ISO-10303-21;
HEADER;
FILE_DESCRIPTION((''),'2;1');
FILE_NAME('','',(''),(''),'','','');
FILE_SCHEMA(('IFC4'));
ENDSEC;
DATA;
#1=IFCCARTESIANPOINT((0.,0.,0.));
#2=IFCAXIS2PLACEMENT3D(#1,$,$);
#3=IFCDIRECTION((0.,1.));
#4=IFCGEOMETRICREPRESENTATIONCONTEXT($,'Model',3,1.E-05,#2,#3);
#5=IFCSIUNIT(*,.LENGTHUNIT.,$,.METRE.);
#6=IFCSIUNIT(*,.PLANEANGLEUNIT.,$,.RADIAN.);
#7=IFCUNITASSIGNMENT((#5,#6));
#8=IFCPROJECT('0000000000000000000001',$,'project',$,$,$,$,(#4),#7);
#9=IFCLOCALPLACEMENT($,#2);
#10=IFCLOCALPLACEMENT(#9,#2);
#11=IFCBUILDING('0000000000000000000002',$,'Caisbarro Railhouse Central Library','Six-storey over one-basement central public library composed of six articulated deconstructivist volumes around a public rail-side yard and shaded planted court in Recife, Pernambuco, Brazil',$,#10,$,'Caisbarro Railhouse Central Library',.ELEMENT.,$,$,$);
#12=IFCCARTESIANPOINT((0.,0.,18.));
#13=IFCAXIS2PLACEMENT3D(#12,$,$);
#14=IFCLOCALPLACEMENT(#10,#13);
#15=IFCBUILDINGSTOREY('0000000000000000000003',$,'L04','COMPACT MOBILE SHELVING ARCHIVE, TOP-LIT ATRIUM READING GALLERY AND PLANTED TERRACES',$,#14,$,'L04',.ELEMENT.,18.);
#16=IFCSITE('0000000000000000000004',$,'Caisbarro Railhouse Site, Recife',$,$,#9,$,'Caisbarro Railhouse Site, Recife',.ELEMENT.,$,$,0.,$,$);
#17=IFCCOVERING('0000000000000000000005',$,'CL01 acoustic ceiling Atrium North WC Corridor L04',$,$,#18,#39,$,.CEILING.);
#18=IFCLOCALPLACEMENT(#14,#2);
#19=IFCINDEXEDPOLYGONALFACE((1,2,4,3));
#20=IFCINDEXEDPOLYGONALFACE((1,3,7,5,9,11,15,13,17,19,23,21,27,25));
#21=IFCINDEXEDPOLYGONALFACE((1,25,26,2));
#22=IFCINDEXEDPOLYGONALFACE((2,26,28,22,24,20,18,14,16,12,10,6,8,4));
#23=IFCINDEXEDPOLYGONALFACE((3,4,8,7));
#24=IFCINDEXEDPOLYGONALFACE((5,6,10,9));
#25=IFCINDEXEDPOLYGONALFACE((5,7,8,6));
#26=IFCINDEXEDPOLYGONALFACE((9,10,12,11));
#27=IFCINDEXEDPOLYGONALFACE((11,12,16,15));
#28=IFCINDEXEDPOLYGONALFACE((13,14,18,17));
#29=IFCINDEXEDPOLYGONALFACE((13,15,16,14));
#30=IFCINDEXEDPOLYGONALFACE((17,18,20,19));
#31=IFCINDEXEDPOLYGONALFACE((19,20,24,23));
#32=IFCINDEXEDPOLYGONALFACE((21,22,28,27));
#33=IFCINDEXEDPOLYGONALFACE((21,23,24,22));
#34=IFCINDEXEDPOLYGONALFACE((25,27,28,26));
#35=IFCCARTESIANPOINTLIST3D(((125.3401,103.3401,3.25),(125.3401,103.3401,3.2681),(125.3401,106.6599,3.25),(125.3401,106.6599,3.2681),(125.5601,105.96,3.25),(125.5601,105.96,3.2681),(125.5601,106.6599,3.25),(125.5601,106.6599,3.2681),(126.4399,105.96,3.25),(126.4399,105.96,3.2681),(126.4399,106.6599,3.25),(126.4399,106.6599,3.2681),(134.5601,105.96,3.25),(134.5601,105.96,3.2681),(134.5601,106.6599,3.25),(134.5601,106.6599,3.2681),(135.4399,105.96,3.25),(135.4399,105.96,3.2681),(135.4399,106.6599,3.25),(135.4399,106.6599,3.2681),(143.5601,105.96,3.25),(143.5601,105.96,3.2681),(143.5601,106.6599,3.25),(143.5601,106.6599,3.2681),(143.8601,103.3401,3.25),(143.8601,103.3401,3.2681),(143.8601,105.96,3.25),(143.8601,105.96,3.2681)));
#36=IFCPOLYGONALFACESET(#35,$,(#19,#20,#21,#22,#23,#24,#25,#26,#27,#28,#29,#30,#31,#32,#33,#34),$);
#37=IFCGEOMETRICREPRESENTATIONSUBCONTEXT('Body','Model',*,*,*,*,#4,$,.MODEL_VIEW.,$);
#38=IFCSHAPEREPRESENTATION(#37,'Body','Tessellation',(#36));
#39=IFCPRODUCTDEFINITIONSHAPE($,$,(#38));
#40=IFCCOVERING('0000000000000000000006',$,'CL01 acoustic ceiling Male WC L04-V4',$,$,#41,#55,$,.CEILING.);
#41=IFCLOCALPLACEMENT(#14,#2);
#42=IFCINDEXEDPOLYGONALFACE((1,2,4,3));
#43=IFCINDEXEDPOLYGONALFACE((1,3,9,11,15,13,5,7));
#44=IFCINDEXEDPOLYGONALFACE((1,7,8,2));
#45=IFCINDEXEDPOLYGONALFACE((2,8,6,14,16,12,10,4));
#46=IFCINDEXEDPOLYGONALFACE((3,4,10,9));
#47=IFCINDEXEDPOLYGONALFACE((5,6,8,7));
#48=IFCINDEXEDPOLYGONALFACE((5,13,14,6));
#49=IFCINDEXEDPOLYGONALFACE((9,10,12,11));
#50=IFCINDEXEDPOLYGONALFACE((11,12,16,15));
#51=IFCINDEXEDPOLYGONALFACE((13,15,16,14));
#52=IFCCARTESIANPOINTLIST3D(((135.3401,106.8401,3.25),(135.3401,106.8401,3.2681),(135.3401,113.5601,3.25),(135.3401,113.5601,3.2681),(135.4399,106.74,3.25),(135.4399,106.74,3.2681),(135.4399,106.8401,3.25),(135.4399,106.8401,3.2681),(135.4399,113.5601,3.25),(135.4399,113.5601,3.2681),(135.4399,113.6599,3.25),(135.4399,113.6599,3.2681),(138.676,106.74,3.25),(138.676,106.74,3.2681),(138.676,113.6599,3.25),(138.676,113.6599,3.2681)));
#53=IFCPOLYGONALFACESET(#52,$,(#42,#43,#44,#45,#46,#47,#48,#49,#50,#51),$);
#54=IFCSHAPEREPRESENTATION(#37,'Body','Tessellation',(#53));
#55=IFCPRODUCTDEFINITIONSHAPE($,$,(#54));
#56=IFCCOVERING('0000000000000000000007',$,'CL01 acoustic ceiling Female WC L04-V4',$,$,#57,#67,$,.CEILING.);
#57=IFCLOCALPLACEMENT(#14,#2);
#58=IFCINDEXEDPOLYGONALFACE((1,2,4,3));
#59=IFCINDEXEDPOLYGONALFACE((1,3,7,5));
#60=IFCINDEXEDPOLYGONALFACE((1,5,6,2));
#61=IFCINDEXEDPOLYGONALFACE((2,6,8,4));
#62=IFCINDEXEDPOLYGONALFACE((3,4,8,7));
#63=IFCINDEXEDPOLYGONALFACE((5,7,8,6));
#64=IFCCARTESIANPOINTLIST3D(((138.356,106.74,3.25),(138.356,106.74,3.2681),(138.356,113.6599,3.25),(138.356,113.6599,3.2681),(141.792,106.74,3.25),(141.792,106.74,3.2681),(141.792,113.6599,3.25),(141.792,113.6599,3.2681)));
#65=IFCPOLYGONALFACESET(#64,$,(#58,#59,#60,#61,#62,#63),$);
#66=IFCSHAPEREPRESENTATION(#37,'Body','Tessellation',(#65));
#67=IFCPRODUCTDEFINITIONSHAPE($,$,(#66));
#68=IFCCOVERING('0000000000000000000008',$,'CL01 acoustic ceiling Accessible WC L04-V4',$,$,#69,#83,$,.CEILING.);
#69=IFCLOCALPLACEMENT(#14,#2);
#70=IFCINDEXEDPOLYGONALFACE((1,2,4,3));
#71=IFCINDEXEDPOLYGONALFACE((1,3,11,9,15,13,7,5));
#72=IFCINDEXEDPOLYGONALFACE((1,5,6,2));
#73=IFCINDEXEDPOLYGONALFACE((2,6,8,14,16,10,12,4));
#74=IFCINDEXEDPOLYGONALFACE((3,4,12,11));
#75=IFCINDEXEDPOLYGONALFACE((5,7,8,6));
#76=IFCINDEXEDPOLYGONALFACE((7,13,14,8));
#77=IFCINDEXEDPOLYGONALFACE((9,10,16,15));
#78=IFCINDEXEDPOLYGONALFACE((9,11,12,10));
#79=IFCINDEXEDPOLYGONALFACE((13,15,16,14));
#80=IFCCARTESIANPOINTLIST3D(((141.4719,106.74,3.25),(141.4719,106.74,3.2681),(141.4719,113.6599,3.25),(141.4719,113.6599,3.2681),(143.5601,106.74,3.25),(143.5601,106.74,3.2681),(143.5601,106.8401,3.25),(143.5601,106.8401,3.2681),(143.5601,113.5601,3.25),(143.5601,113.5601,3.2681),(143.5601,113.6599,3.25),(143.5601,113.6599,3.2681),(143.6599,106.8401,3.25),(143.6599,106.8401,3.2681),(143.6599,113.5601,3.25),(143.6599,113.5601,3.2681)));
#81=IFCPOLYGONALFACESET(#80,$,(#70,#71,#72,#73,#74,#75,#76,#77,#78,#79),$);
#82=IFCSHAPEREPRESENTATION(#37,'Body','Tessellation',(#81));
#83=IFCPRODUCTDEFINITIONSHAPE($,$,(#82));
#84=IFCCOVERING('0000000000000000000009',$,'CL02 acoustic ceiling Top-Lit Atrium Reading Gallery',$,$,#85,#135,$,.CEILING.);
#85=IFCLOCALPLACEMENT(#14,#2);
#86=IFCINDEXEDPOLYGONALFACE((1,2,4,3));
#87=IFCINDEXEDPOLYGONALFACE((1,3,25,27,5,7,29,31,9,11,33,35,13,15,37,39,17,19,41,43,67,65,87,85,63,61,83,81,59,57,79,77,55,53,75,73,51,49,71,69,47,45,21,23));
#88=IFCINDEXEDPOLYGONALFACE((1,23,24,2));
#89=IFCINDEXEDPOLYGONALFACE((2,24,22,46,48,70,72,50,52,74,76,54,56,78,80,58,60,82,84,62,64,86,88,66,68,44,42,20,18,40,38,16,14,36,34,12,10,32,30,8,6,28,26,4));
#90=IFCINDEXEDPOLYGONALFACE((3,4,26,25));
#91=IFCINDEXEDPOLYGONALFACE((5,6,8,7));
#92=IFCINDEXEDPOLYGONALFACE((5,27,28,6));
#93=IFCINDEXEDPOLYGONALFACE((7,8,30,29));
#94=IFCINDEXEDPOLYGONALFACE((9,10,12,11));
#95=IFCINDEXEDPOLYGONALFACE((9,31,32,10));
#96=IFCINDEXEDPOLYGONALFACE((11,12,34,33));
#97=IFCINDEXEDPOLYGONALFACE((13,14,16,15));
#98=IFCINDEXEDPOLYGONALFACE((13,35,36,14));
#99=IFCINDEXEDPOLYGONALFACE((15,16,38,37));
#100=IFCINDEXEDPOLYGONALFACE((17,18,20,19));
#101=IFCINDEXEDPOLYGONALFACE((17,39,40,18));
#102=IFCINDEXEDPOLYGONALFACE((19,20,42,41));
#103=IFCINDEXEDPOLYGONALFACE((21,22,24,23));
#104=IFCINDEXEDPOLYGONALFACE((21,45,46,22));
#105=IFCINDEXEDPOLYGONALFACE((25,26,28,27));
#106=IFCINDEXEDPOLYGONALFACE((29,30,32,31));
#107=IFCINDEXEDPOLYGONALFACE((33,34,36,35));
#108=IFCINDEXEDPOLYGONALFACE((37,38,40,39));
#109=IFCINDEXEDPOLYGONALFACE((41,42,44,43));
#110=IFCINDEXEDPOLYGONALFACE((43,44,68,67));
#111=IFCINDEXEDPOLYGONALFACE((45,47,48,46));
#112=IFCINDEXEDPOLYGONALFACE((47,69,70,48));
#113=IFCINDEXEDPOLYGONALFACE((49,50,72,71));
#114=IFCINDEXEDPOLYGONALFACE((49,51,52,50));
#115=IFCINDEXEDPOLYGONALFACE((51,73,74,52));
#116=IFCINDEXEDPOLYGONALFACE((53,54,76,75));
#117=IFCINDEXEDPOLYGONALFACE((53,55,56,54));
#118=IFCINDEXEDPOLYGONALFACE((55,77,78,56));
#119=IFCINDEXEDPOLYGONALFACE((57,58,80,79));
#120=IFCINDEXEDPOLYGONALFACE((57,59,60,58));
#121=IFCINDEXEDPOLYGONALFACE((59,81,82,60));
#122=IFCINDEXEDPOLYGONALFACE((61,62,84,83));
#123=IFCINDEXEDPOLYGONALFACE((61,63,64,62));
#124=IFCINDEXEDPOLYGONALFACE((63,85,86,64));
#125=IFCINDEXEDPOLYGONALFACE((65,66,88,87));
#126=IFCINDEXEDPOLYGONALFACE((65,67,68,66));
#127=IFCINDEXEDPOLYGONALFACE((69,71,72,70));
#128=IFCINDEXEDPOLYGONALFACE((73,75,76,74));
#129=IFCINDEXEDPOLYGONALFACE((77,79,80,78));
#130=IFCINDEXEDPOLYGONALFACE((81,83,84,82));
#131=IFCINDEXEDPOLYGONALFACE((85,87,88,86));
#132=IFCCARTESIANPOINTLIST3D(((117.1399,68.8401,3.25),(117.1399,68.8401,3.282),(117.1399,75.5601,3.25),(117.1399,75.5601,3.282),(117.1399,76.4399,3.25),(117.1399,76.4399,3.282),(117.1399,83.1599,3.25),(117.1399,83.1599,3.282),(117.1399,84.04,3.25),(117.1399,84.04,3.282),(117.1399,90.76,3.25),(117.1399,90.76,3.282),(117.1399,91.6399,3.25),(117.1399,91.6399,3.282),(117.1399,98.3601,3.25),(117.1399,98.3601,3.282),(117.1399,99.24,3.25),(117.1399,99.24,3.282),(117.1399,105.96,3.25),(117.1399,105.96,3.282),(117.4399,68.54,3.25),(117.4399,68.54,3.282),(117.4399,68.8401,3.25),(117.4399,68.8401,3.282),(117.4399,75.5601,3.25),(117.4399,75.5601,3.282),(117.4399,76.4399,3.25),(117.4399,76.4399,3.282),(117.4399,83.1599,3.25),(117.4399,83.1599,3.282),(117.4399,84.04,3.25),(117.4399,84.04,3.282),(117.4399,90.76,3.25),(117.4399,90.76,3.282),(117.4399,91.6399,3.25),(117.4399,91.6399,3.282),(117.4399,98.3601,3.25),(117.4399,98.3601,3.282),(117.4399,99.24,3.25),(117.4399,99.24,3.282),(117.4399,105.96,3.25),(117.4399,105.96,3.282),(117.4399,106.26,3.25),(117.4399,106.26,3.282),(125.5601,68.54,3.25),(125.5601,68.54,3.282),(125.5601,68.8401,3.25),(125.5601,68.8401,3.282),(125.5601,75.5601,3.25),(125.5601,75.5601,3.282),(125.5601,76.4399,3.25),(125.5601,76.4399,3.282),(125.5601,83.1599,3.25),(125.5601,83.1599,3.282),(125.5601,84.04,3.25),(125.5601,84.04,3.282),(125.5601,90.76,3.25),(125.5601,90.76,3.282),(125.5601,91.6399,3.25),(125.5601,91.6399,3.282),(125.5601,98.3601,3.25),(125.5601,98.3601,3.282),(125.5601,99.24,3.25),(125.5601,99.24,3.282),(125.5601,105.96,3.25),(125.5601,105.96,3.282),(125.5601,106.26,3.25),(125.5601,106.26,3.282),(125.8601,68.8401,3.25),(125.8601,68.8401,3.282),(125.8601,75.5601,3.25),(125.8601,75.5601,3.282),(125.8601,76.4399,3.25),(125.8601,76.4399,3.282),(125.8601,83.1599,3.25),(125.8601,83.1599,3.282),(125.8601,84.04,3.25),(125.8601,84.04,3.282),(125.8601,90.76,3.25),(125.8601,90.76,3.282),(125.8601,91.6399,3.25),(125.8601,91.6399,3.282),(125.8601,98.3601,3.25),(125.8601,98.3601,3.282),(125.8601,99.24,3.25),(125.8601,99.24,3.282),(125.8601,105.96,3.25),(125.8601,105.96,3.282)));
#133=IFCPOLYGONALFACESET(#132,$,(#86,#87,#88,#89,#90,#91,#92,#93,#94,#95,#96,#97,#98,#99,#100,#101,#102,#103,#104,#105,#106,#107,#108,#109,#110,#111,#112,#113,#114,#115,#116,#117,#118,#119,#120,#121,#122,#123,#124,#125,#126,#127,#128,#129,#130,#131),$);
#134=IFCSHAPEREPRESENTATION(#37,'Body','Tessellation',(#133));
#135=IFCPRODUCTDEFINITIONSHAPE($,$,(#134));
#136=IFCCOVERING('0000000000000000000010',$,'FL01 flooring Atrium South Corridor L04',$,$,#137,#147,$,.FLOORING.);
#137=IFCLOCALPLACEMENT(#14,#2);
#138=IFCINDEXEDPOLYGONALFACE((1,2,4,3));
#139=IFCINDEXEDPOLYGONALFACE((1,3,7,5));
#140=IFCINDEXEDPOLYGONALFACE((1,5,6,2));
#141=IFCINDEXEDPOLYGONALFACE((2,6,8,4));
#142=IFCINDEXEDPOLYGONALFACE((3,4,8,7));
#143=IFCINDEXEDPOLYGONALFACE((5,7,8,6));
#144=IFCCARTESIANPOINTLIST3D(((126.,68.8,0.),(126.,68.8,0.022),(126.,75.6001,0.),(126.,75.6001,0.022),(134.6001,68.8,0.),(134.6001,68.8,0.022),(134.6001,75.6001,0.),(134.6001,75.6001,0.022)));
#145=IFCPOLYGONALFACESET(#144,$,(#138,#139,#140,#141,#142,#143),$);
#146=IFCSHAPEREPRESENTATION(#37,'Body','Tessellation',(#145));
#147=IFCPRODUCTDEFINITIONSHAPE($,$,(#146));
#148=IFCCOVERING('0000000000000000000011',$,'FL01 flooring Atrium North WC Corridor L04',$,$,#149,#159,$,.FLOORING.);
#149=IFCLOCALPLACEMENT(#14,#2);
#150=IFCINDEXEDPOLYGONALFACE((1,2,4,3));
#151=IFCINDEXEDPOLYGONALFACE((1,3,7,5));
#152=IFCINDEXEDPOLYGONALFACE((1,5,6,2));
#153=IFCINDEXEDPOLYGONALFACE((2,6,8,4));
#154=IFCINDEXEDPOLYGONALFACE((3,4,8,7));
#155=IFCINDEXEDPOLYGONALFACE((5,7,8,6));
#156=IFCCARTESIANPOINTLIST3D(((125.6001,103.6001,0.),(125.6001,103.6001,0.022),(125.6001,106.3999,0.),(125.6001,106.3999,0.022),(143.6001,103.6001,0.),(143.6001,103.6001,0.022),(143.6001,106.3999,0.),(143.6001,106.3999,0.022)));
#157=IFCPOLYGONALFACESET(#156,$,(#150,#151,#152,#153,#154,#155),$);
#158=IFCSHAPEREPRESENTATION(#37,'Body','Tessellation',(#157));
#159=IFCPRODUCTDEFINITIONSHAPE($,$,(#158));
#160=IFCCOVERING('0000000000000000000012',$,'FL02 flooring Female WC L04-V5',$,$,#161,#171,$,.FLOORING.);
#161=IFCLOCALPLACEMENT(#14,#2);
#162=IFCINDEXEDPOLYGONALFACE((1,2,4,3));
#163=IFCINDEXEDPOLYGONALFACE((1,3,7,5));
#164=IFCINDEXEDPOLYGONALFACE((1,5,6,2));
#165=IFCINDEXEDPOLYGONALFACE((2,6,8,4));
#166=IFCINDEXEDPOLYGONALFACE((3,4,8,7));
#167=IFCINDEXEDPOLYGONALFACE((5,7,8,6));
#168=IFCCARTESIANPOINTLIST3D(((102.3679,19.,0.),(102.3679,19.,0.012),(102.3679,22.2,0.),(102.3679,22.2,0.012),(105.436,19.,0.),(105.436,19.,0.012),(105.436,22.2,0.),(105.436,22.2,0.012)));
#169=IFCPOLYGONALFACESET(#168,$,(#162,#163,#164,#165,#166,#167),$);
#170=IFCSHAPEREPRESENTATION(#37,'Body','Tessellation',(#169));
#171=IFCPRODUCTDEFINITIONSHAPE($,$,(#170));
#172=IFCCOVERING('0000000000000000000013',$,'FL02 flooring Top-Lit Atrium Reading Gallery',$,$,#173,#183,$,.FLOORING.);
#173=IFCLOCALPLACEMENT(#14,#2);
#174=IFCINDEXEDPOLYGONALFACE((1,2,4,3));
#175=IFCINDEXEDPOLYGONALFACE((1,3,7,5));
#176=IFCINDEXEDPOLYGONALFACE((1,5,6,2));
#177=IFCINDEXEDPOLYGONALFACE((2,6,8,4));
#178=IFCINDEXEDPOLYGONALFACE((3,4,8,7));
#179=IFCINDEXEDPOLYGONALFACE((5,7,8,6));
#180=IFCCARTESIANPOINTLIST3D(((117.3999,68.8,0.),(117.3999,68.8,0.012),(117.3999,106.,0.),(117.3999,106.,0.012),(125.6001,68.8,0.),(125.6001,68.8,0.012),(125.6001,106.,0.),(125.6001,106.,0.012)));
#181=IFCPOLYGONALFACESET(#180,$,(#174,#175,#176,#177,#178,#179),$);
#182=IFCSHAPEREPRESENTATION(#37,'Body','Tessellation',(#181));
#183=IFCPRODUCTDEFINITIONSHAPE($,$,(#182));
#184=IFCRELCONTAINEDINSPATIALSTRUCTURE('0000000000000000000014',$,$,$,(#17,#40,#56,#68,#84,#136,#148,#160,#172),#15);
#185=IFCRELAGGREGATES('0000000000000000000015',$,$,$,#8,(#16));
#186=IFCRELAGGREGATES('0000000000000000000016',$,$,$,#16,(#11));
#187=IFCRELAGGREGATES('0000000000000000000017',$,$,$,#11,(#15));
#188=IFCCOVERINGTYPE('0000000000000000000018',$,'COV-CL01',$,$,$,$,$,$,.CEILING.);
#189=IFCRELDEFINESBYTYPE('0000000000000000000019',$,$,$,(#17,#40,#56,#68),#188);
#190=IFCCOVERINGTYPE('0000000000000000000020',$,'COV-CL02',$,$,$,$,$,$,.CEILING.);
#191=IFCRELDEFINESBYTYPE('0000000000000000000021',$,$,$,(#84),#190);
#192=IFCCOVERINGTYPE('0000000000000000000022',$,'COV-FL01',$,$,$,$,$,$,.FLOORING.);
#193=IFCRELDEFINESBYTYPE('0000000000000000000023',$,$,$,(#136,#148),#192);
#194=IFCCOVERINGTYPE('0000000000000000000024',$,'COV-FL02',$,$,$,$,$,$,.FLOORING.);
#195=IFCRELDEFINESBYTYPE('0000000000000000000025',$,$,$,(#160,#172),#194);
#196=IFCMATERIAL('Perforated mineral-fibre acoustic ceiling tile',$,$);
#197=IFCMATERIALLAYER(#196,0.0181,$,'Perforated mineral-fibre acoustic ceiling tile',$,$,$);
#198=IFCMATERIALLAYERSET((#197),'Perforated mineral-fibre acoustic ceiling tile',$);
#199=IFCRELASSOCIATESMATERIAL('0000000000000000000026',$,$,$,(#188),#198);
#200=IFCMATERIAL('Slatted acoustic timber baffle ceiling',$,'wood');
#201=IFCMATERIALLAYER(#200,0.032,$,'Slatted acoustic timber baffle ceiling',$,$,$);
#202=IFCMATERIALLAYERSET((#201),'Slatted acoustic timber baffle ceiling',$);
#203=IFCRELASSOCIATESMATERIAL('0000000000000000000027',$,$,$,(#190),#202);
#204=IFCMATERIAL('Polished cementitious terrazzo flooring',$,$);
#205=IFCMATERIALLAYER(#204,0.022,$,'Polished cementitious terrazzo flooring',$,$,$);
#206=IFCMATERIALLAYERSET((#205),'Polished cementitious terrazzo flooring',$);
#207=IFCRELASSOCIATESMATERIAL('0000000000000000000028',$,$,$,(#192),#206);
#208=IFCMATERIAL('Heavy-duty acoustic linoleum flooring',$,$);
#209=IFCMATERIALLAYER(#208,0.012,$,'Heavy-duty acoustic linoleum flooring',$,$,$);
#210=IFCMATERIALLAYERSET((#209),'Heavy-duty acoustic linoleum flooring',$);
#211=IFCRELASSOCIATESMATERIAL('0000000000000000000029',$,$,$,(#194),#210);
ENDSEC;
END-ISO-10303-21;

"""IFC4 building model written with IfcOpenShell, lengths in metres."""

from ifc_helpers import new_model, si_unit, direction, frame, origin, place, context, subcontext, project, spatial, polyline, outline, extrude, material, layer, layer_set, type_object, element, save


model = new_model("IFC4")

# Units and contexts
model_context = context("Model", 3, precision=1e-05, world=origin(), true_north=direction((0.0, 1.0)))
body_context = subcontext(model_context, "Body", "Model", "MODEL_VIEW")
ifc_project = project(units=[si_unit("LENGTHUNIT", "METRE"), si_unit("PLANEANGLEUNIT", "RADIAN")], contexts=[model_context])

# Site, building, storey
site_placement = place(None, origin())
site = spatial("IfcSite", under=ifc_project, at=site_placement, Name="Caisbarro Railhouse Site, Recife", LongName="Caisbarro Railhouse Site, Recife", CompositionType="ELEMENT", RefElevation=0.0)
building_placement = place(site_placement, origin())
building = spatial("IfcBuilding", under=site, at=building_placement, Name="Caisbarro Railhouse Central Library", Description="Six-storey over one-basement central public library composed of six articulated deconstructivist volumes around a public rail-side yard and shaded planted court in Recife, Pernambuco, Brazil", LongName="Caisbarro Railhouse Central Library", CompositionType="ELEMENT")
storey_placement = place(building_placement, frame((0.0, 0.0, 18.0)))
storey = spatial("IfcBuildingStorey", under=building, at=storey_placement, Name="L04", Description="COMPACT MOBILE SHELVING ARCHIVE, TOP-LIT ATRIUM READING GALLERY AND PLANTED TERRACES", LongName="L04", CompositionType="ELEMENT", Elevation=18.0)

# Coverings
ifc_material_1 = material(Name="Perforated mineral-fibre acoustic ceiling tile")
ifc_layer_1 = layer(ifc_material_1, 0.0181, Name="Perforated mineral-fibre acoustic ceiling tile")
ifc_layer_set_1 = layer_set([ifc_layer_1], Name="Perforated mineral-fibre acoustic ceiling tile")
covering_type_1 = type_object("IfcCoveringType", Name="COV-CL01", PredefinedType="CEILING", material=ifc_layer_set_1)
covering_1_placement = place(storey_placement, frame((0.0, 0.0, 3.25)))
element("IfcCovering", 1, at=covering_1_placement, inside=storey, type_object=covering_type_1, Name="CL01 acoustic ceiling Atrium North WC Corridor L04", PredefinedType="CEILING", context=body_context, shape_type="SweptSolid", body=[
    extrude(outline(polyline([(125.5601, 105.96), (126.4399, 105.96), (126.4399, 106.6599), (134.5601, 106.6599), (134.5601, 105.96), (135.4399, 105.96), (135.4399, 106.6599), (143.5601, 106.6599), (143.5601, 105.96), (143.8601, 105.96), (143.8601, 103.3401), (125.3401, 103.3401), (125.3401, 106.6599), (125.5601, 106.6599), (125.5601, 105.96)])), origin(), (0.0, 0.0, 1.0), 0.0181),
])
covering_2_placement = place(storey_placement, frame((0.0, 0.0, 3.25)))
element("IfcCovering", 2, at=covering_2_placement, inside=storey, type_object=covering_type_1, Name="CL01 acoustic ceiling Male WC L04-V4", PredefinedType="CEILING", context=body_context, shape_type="SweptSolid", body=[
    extrude(outline(polyline([(138.676, 113.6599), (138.676, 106.74), (135.4399, 106.74), (135.4399, 106.8401), (135.3401, 106.8401), (135.3401, 113.5601), (135.4399, 113.5601), (135.4399, 113.6599), (138.676, 113.6599)])), origin(), (0.0, 0.0, 1.0), 0.0181),
])
covering_3_placement = place(storey_placement, frame((0.0, 0.0, 3.25)))
element("IfcCovering", 3, at=covering_3_placement, inside=storey, type_object=covering_type_1, Name="CL01 acoustic ceiling Female WC L04-V4", PredefinedType="CEILING", context=body_context, shape_type="SweptSolid", body=[
    extrude(outline(polyline([(138.356, 106.74), (138.356, 113.6599), (141.792, 113.6599), (141.792, 106.74), (138.356, 106.74)])), origin(), (0.0, 0.0, 1.0), 0.0181),
])
covering_4_placement = place(storey_placement, frame((0.0, 0.0, 3.25)))
element("IfcCovering", 4, at=covering_4_placement, inside=storey, type_object=covering_type_1, Name="CL01 acoustic ceiling Accessible WC L04-V4", PredefinedType="CEILING", context=body_context, shape_type="SweptSolid", body=[
    extrude(outline(polyline([(143.5601, 113.6599), (143.5601, 113.5601), (143.6599, 113.5601), (143.6599, 106.8401), (143.5601, 106.8401), (143.5601, 106.74), (141.4719, 106.74), (141.4719, 113.6599), (143.5601, 113.6599)])), origin(), (0.0, 0.0, 1.0), 0.0181),
])
ifc_material_2 = material(Name="Slatted acoustic timber baffle ceiling", Category="wood")
ifc_layer_2 = layer(ifc_material_2, 0.032, Name="Slatted acoustic timber baffle ceiling")
ifc_layer_set_2 = layer_set([ifc_layer_2], Name="Slatted acoustic timber baffle ceiling")
covering_type_2 = type_object("IfcCoveringType", Name="COV-CL02", PredefinedType="CEILING", material=ifc_layer_set_2)
covering_5_placement = place(storey_placement, frame((0.0, 0.0, 3.25)))
element("IfcCovering", 5, at=covering_5_placement, inside=storey, type_object=covering_type_2, Name="CL02 acoustic ceiling Top-Lit Atrium Reading Gallery", PredefinedType="CEILING", context=body_context, shape_type="SweptSolid", body=[
    extrude(outline(polyline([(117.4399, 83.1599), (117.4399, 84.04), (117.1399, 84.04), (117.1399, 90.76), (117.4399, 90.76), (117.4399, 91.6399), (117.1399, 91.6399), (117.1399, 98.3601), (117.4399, 98.3601), (117.4399, 99.24), (117.1399, 99.24), (117.1399, 105.96), (117.4399, 105.96), (117.4399, 106.26), (125.5601, 106.26), (125.5601, 105.96), (125.8601, 105.96), (125.8601, 99.24), (125.5601, 99.24), (125.5601, 98.3601), (125.8601, 98.3601), (125.8601, 91.6399), (125.5601, 91.6399), (125.5601, 90.76), (125.8601, 90.76), (125.8601, 84.04), (125.5601, 84.04), (125.5601, 83.1599), (125.8601, 83.1599), (125.8601, 76.4399), (125.5601, 76.4399), (125.5601, 75.5601), (125.8601, 75.5601), (125.8601, 68.8401), (125.5601, 68.8401), (125.5601, 68.54), (117.4399, 68.54), (117.4399, 68.8401), (117.1399, 68.8401), (117.1399, 75.5601), (117.4399, 75.5601), (117.4399, 76.4399), (117.1399, 76.4399), (117.1399, 83.1599), (117.4399, 83.1599)])), origin(), (0.0, 0.0, 1.0), 0.032),
])
ifc_material_3 = material(Name="Polished cementitious terrazzo flooring")
ifc_layer_3 = layer(ifc_material_3, 0.022, Name="Polished cementitious terrazzo flooring")
ifc_layer_set_3 = layer_set([ifc_layer_3], Name="Polished cementitious terrazzo flooring")
covering_type_3 = type_object("IfcCoveringType", Name="COV-FL01", PredefinedType="FLOORING", material=ifc_layer_set_3)
covering_6_placement = place(storey_placement, origin())
element("IfcCovering", 6, at=covering_6_placement, inside=storey, type_object=covering_type_3, Name="FL01 flooring Atrium South Corridor L04", PredefinedType="FLOORING", context=body_context, shape_type="SweptSolid", body=[
    extrude(outline(polyline([(126.0, 68.8), (134.6001, 68.8), (134.6001, 75.6001), (126.0, 75.6001), (126.0, 68.8)])), origin(), (0.0, 0.0, 1.0), 0.022),
])
covering_7_placement = place(storey_placement, origin())
element("IfcCovering", 7, at=covering_7_placement, inside=storey, type_object=covering_type_3, Name="FL01 flooring Atrium North WC Corridor L04", PredefinedType="FLOORING", context=body_context, shape_type="SweptSolid", body=[
    extrude(outline(polyline([(125.6001, 103.6001), (143.6001, 103.6001), (143.6001, 106.3999), (125.6001, 106.3999), (125.6001, 103.6001)])), origin(), (0.0, 0.0, 1.0), 0.022),
])
ifc_material_4 = material(Name="Heavy-duty acoustic linoleum flooring")
ifc_layer_4 = layer(ifc_material_4, 0.012, Name="Heavy-duty acoustic linoleum flooring")
ifc_layer_set_4 = layer_set([ifc_layer_4], Name="Heavy-duty acoustic linoleum flooring")
covering_type_4 = type_object("IfcCoveringType", Name="COV-FL02", PredefinedType="FLOORING", material=ifc_layer_set_4)
covering_8_placement = place(storey_placement, origin())
element("IfcCovering", 8, at=covering_8_placement, inside=storey, type_object=covering_type_4, Name="FL02 flooring Female WC L04-V5", PredefinedType="FLOORING", context=body_context, shape_type="SweptSolid", body=[
    extrude(outline(polyline([(102.3679, 19.0), (105.436, 19.0), (105.436, 22.2), (102.3679, 22.2), (102.3679, 19.0)])), origin(), (0.0, 0.0, 1.0), 0.012),
])
covering_9_placement = place(storey_placement, origin())
element("IfcCovering", 9, at=covering_9_placement, inside=storey, type_object=covering_type_4, Name="FL02 flooring Top-Lit Atrium Reading Gallery", PredefinedType="FLOORING", context=body_context, shape_type="SweptSolid", body=[
    extrude(outline(polyline([(117.3999, 68.8), (125.6001, 68.8), (125.6001, 106.0), (117.3999, 106.0), (117.3999, 68.8)])), origin(), (0.0, 0.0, 1.0), 0.012),
])

save(model, "model.ifc")
